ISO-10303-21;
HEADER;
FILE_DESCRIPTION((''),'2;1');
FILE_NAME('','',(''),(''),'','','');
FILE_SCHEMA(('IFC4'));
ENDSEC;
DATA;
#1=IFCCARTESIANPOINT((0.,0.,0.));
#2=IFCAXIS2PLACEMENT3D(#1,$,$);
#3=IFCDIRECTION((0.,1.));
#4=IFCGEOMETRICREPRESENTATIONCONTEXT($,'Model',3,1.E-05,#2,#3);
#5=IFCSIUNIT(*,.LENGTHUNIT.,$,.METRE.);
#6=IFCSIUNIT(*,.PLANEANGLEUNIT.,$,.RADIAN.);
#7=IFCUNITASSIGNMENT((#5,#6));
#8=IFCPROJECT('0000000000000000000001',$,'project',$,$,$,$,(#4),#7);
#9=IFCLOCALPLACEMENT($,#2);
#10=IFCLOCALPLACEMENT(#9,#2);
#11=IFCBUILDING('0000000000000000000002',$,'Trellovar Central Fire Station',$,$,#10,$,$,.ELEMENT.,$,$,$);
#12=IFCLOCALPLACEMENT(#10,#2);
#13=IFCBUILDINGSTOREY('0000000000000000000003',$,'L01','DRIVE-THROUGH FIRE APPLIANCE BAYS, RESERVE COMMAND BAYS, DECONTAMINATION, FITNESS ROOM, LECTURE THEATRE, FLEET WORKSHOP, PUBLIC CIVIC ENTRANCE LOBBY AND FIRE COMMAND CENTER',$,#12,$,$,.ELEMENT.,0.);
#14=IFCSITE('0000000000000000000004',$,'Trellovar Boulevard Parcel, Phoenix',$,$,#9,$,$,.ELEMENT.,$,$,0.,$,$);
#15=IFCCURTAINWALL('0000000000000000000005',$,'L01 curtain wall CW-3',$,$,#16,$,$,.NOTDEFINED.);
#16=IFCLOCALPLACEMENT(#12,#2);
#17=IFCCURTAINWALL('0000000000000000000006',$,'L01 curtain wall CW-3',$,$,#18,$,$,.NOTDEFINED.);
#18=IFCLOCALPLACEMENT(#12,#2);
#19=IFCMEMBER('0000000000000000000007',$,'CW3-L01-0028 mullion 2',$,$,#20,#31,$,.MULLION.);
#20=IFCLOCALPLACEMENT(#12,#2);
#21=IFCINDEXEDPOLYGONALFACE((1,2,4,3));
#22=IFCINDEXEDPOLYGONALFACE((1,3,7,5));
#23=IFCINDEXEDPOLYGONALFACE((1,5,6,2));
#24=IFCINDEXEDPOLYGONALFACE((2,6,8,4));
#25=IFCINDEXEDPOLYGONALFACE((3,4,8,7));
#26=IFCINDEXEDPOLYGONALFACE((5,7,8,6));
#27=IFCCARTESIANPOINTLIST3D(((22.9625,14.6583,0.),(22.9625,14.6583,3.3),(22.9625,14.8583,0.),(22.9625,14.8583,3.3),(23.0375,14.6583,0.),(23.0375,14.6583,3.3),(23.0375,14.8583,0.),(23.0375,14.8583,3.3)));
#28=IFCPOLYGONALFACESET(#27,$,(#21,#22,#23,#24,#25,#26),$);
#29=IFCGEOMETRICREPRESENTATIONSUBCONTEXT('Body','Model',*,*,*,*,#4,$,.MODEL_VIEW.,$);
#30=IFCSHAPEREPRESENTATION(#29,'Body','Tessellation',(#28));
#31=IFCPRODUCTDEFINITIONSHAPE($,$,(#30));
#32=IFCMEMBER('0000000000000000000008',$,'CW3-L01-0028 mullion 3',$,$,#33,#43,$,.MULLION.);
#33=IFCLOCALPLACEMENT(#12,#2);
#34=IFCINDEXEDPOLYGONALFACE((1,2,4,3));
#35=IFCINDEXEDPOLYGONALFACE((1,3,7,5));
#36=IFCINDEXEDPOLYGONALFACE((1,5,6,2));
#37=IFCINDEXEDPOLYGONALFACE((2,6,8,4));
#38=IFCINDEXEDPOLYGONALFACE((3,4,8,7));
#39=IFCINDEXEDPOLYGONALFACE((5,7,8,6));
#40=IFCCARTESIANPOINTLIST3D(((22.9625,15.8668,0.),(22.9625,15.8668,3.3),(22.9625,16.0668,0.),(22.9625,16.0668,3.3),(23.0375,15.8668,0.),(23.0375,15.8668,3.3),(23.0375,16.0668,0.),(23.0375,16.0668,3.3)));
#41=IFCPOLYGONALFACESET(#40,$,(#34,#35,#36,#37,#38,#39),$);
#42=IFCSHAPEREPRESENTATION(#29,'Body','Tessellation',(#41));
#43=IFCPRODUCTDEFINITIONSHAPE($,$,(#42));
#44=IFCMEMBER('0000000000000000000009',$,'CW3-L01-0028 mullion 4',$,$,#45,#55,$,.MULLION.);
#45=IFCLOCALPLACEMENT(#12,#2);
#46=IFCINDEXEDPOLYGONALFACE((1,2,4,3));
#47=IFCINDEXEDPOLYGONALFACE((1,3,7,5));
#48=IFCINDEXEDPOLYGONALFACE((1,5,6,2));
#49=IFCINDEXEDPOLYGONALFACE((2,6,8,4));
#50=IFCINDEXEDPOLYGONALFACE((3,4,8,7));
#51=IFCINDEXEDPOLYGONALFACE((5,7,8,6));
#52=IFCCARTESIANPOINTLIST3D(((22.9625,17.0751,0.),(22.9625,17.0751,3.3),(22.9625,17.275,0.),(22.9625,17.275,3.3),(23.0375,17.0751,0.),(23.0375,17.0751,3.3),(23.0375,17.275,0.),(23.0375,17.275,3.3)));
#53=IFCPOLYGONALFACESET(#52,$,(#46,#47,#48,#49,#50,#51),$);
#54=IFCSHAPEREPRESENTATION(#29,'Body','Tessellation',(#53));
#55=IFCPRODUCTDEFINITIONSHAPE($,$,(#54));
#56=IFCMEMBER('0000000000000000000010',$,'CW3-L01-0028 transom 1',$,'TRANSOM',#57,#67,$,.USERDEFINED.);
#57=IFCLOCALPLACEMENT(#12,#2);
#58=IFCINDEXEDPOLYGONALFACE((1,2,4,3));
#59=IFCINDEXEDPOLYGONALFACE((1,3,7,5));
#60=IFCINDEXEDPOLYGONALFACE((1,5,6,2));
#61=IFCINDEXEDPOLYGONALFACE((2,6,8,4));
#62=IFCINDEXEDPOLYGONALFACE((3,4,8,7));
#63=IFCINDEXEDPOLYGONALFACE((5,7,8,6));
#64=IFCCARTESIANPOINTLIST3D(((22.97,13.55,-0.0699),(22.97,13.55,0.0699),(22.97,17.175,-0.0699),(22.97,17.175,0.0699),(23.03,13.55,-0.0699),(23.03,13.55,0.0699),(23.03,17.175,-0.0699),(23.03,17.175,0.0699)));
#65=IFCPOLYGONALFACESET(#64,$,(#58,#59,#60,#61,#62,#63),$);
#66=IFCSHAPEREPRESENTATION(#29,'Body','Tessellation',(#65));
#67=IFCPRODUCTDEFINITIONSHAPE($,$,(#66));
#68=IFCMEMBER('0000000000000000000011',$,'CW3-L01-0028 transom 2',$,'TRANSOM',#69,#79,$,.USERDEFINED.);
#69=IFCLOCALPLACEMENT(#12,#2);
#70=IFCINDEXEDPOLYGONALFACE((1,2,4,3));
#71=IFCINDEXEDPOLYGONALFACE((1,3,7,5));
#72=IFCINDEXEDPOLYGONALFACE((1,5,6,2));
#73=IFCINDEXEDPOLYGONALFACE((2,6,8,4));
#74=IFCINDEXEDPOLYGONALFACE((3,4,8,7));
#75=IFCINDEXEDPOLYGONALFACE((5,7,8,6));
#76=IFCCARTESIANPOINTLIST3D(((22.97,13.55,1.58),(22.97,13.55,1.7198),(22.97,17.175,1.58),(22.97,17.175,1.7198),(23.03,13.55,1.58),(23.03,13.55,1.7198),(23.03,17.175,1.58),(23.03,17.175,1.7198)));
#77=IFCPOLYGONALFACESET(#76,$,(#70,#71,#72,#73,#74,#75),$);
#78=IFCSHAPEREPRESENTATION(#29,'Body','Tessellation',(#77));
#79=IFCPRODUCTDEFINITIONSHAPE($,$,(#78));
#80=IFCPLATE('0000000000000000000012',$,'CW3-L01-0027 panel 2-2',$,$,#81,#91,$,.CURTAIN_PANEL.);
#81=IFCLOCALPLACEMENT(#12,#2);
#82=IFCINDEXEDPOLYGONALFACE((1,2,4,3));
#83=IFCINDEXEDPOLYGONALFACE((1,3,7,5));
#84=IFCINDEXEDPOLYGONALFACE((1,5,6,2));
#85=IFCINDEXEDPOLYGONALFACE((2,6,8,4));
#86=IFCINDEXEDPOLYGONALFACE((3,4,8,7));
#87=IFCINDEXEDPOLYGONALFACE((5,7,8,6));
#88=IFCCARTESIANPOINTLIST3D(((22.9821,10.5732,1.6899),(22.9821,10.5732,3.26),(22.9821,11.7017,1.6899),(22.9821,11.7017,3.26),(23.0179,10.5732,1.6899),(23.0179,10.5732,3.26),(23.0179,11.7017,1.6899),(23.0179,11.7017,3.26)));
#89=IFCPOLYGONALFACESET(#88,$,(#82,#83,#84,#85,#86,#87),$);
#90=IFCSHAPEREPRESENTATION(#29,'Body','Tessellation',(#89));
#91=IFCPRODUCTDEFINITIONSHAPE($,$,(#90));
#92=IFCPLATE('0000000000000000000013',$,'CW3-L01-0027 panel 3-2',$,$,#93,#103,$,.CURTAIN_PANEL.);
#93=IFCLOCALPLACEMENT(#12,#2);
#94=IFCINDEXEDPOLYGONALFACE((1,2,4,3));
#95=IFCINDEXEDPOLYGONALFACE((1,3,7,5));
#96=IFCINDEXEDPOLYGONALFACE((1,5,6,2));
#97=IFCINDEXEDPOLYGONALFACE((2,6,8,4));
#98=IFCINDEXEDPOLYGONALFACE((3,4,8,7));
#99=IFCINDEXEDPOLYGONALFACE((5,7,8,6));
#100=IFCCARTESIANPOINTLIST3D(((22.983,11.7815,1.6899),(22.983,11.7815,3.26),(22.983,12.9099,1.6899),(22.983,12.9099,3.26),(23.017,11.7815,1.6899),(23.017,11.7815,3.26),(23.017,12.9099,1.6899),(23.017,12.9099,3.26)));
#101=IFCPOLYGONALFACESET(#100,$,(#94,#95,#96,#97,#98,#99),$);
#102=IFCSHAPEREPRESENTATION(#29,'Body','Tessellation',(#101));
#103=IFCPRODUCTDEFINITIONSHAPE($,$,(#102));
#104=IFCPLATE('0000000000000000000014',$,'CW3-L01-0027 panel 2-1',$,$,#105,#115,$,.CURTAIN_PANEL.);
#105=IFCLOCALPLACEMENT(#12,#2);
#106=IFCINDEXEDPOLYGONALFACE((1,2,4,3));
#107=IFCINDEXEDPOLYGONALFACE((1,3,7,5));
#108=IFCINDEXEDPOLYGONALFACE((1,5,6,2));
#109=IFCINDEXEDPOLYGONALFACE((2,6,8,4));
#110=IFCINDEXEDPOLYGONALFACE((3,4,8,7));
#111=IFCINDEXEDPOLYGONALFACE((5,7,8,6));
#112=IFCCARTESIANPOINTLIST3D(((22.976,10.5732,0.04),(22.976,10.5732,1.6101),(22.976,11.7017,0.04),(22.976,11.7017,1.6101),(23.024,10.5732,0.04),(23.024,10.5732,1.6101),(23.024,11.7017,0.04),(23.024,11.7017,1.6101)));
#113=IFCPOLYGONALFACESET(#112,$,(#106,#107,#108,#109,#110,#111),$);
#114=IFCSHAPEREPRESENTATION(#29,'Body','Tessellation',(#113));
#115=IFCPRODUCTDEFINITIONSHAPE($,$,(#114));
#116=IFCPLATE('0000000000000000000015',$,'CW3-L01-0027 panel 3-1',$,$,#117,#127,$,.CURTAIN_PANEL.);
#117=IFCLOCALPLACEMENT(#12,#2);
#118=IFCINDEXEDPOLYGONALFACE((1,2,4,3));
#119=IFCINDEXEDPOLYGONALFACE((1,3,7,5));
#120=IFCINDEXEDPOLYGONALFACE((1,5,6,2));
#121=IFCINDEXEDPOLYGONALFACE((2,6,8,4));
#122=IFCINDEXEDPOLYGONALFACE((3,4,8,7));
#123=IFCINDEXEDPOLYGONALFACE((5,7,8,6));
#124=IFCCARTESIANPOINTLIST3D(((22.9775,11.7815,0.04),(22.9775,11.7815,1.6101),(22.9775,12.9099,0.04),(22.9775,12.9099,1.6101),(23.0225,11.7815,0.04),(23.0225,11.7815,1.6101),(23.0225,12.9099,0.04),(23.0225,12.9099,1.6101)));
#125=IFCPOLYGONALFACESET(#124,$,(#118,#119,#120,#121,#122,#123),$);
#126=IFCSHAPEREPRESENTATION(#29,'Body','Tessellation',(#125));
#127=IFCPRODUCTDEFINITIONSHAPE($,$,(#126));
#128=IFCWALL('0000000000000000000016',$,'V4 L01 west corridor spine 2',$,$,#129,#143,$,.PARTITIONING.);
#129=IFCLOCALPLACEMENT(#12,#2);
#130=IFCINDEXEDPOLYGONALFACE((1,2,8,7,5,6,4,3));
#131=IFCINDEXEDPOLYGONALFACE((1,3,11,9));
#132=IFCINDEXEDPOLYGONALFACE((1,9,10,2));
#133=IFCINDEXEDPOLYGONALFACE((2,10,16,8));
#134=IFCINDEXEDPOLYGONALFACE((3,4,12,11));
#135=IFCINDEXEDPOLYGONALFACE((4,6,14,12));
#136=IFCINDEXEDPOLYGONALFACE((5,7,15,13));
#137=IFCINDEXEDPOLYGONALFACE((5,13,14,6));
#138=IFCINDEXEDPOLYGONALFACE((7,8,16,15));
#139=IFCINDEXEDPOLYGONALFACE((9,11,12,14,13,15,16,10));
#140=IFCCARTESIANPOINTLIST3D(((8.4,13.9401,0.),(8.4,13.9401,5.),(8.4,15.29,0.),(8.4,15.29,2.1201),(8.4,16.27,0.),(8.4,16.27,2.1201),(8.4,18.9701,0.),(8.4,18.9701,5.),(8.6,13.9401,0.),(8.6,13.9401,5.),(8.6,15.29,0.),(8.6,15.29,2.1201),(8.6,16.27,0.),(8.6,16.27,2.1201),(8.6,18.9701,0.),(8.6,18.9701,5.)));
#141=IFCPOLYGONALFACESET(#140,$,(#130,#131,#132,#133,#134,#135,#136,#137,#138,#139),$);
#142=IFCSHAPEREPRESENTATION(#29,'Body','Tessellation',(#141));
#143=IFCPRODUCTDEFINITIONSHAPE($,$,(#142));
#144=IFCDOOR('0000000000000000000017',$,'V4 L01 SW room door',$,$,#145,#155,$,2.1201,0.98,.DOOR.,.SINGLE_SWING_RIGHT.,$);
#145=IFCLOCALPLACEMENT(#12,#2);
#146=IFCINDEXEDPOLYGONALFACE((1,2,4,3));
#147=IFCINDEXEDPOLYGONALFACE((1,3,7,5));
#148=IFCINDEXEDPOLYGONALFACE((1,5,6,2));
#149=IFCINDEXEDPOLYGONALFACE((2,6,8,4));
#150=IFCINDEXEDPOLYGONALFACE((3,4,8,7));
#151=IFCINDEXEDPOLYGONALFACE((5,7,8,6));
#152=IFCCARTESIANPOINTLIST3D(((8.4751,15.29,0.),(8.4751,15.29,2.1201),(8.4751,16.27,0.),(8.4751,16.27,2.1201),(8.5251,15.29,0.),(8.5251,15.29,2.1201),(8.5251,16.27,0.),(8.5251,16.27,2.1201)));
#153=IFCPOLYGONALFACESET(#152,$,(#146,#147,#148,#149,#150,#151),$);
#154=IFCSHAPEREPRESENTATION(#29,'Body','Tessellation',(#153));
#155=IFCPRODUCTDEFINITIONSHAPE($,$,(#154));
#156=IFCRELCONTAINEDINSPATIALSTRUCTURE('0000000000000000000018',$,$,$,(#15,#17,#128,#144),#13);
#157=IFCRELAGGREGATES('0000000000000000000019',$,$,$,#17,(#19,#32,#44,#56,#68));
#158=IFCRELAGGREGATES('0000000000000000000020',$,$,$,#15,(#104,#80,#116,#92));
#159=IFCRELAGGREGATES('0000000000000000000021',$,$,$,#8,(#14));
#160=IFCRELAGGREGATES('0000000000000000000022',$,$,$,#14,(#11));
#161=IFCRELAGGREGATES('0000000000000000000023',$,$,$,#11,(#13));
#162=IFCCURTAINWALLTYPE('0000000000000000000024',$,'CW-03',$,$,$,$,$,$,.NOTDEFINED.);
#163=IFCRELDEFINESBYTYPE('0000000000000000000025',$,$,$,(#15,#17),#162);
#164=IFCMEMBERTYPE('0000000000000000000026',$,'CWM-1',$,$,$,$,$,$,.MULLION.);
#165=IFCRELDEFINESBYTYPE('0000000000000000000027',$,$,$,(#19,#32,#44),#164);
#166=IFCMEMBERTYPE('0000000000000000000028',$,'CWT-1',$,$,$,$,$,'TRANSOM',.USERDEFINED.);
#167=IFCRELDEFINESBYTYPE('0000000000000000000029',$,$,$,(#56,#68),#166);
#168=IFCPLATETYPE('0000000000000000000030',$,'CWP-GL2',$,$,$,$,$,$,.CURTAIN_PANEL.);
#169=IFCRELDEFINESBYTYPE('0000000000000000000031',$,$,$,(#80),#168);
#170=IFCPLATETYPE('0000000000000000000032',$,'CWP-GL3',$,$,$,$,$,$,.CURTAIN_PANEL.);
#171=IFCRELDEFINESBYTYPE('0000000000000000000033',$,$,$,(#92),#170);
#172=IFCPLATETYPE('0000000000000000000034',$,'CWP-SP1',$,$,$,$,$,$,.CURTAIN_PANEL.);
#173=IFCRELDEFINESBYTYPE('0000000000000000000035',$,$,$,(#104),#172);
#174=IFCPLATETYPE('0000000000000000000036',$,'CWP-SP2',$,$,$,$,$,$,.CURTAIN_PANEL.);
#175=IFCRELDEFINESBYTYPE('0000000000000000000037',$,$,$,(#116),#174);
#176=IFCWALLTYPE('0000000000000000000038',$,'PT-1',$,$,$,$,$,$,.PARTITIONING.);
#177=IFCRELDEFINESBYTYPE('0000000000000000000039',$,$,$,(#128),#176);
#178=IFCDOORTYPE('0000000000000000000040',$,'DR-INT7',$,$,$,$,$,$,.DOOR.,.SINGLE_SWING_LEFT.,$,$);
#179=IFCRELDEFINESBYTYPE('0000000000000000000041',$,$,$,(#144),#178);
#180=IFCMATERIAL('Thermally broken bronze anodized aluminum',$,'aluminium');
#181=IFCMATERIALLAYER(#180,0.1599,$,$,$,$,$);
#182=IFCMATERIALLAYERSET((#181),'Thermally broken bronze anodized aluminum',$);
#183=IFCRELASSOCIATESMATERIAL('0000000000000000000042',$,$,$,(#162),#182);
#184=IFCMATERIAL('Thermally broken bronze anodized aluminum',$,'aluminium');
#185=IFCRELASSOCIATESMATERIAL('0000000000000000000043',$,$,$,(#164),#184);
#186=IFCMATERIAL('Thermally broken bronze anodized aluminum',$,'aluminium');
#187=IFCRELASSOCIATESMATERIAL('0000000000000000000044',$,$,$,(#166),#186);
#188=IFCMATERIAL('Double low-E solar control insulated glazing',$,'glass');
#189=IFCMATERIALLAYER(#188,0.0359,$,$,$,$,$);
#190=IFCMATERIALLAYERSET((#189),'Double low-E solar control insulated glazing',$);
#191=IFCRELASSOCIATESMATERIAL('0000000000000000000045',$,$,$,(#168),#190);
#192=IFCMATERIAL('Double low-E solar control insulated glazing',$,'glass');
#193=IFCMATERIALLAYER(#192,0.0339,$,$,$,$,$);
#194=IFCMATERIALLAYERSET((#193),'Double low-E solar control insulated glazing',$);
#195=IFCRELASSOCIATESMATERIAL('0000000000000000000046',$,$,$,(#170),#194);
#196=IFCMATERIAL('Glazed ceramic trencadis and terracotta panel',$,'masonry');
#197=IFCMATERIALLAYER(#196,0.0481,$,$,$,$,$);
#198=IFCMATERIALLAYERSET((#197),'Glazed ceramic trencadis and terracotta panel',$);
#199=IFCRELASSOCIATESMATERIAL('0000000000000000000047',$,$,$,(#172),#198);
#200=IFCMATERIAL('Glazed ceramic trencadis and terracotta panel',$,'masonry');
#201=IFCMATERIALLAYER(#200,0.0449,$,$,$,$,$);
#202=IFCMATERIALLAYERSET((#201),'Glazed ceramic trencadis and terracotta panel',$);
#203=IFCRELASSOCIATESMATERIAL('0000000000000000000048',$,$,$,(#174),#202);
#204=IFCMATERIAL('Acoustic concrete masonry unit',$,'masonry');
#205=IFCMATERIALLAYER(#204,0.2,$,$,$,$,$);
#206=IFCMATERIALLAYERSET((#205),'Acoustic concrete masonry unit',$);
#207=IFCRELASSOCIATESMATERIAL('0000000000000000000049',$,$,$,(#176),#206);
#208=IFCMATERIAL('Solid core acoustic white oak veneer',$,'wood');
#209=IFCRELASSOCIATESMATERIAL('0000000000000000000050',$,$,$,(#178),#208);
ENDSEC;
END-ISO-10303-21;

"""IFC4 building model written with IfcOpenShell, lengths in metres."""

from ifc_helpers import new_model, si_unit, direction, frame, frame_2d, origin, origin_2d, place, context, subcontext, project, spatial, rectangle, extrude, material, layer, layer_set, material_profile, profile_set, type_object, element, fill, aggregate, save


model = new_model("IFC4")

# Units and contexts
model_context = context("Model", 3, precision=1e-05, world=origin(), true_north=direction((0.0, 1.0)))
body_context = subcontext(model_context, "Body", "Model", "MODEL_VIEW")
ifc_project = project(units=[si_unit("LENGTHUNIT", "METRE"), si_unit("PLANEANGLEUNIT", "RADIAN")], contexts=[model_context])

# Site, building, storey
site_placement = place(None, origin())
site = spatial("IfcSite", under=ifc_project, at=site_placement, Name="Trellovar Boulevard Parcel, Phoenix", CompositionType="ELEMENT", RefElevation=0.0)
building_placement = place(site_placement, origin())
building = spatial("IfcBuilding", under=site, at=building_placement, Name="Trellovar Central Fire Station", CompositionType="ELEMENT")
storey_placement = place(building_placement, origin())
storey = spatial("IfcBuildingStorey", under=building, at=storey_placement, Name="L01", Description="DRIVE-THROUGH FIRE APPLIANCE BAYS, RESERVE COMMAND BAYS, DECONTAMINATION, FITNESS ROOM, LECTURE THEATRE, FLEET WORKSHOP, PUBLIC CIVIC ENTRANCE LOBBY AND FIRE COMMAND CENTER", CompositionType="ELEMENT", Elevation=0.0)

# Curtain walls, members
ifc_material_1 = material(Name="Thermally broken bronze anodized aluminum", Category="aluminium")
ifc_layer_1 = layer(ifc_material_1, 0.1599)
ifc_layer_set_1 = layer_set([ifc_layer_1], Name="Thermally broken bronze anodized aluminum")
curtain_wall_type = type_object("IfcCurtainWallType", Name="CW-03", PredefinedType="NOTDEFINED", material=ifc_layer_set_1)
curtain_wall_1_placement = place(storey_placement, origin())
curtain_wall_1 = element("IfcCurtainWall", 1, at=curtain_wall_1_placement, inside=storey, type_object=curtain_wall_type, Name="L01 curtain wall CW-3", PredefinedType="NOTDEFINED")
ifc_material_2 = material(Name="Thermally broken bronze anodized aluminum", Category="aluminium")
ifc_material_profile_1 = material_profile(ifc_material_2, rectangle(XDim=0.075, YDim=0.2, at=origin_2d()), Name="ALU75X200")
ifc_profile_set_1 = profile_set([ifc_material_profile_1], Name="Thermally broken bronze anodized aluminum")
member_type_1 = type_object("IfcMemberType", Name="CWM-1", PredefinedType="MULLION", material=ifc_profile_set_1)
curtain_wall_2_placement = place(storey_placement, origin())
curtain_wall_2 = element("IfcCurtainWall", 2, at=curtain_wall_2_placement, inside=storey, type_object=curtain_wall_type, Name="L01 curtain wall CW-3", PredefinedType="NOTDEFINED")
member_1_placement = place(storey_placement, frame((23.0, 14.7583, 0.0), z_axis=(0.0, 0.0, 1.0), x_axis=(1.0, 0.0, 0.0)))
member_1 = element("IfcMember", 3, at=member_1_placement, type_object=member_type_1, Name="CW3-L01-0028 mullion 2", PredefinedType="MULLION", context=body_context, shape_type="SweptSolid", body=[
    extrude(rectangle(XDim=0.075, YDim=0.2, at=origin_2d()), origin(), (0.0, 0.0, 1.0), 3.3),
])
member_2_placement = place(storey_placement, frame((23.0, 15.9668, 0.0), z_axis=(0.0, 0.0, 1.0), x_axis=(1.0, 0.0, 0.0)))
member_2 = element("IfcMember", 4, at=member_2_placement, type_object=member_type_1, Name="CW3-L01-0028 mullion 3", PredefinedType="MULLION", context=body_context, shape_type="SweptSolid", body=[
    extrude(rectangle(XDim=0.075, YDim=0.2, at=origin_2d()), origin(), (0.0, 0.0, 1.0), 3.3),
])
member_3_placement = place(storey_placement, frame((23.0, 17.175, 0.0), z_axis=(0.0, 0.0, 1.0), x_axis=(1.0, 0.0, 0.0)))
member_3 = element("IfcMember", 5, at=member_3_placement, type_object=member_type_1, Name="CW3-L01-0028 mullion 4", PredefinedType="MULLION", context=body_context, shape_type="SweptSolid", body=[
    extrude(rectangle(XDim=0.075, YDim=0.2, at=origin_2d()), origin(), (0.0, 0.0, 1.0), 3.3),
])
ifc_material_3 = material(Name="Thermally broken bronze anodized aluminum", Category="aluminium")
ifc_material_profile_2 = material_profile(ifc_material_3, rectangle(XDim=0.0601, YDim=0.1399, at=origin_2d()), Name="ALU60X140")
ifc_profile_set_2 = profile_set([ifc_material_profile_2], Name="Thermally broken bronze anodized aluminum")
member_type_2 = type_object("IfcMemberType", Name="CWT-1", ElementType="TRANSOM", PredefinedType="USERDEFINED", material=ifc_profile_set_2)
member_4_placement = place(storey_placement, frame((23.0, 13.55, 0.0), z_axis=(0.0, 1.0, 0.0), x_axis=(-1.0, 0.0, 0.0)))
member_4 = element("IfcMember", 6, at=member_4_placement, type_object=member_type_2, Name="CW3-L01-0028 transom 1", ObjectType="TRANSOM", PredefinedType="USERDEFINED", context=body_context, shape_type="SweptSolid", body=[
    extrude(rectangle(XDim=0.0601, YDim=0.1399, at=origin_2d()), origin(), (0.0, 0.0, 1.0), 3.625),
])
member_5_placement = place(storey_placement, frame((23.0, 13.55, 1.6499), z_axis=(0.0, 1.0, 0.0), x_axis=(-1.0, 0.0, 0.0)))
member_5 = element("IfcMember", 7, at=member_5_placement, type_object=member_type_2, Name="CW3-L01-0028 transom 2", ObjectType="TRANSOM", PredefinedType="USERDEFINED", context=body_context, shape_type="SweptSolid", body=[
    extrude(rectangle(XDim=0.0601, YDim=0.1399, at=origin_2d()), origin(), (0.0, 0.0, 1.0), 3.625),
])
aggregate(curtain_wall_2, [member_1, member_2, member_3, member_4, member_5])

# Plates
ifc_material_4 = material(Name="Double low-E solar control insulated glazing", Category="glass")
ifc_layer_2 = layer(ifc_material_4, 0.0359)
ifc_layer_set_2 = layer_set([ifc_layer_2], Name="Double low-E solar control insulated glazing")
plate_type_1 = type_object("IfcPlateType", Name="CWP-GL2", PredefinedType="CURTAIN_PANEL", material=ifc_layer_set_2)
plate_1_placement = place(storey_placement, frame((23.0, 11.1375, 1.6899), z_axis=(0.0, 0.0, 1.0), x_axis=(0.0, 1.0, 0.0)))
plate_1 = element("IfcPlate", 8, at=plate_1_placement, type_object=plate_type_1, Name="CW3-L01-0027 panel 2-2", PredefinedType="CURTAIN_PANEL", context=body_context, shape_type="SweptSolid", body=[
    extrude(rectangle(XDim=1.1284, YDim=0.0359, at=origin_2d()), origin(), (0.0, 0.0, 1.0), 1.5701),
])
ifc_material_5 = material(Name="Double low-E solar control insulated glazing", Category="glass")
ifc_layer_3 = layer(ifc_material_5, 0.0339)
ifc_layer_set_3 = layer_set([ifc_layer_3], Name="Double low-E solar control insulated glazing")
plate_type_2 = type_object("IfcPlateType", Name="CWP-GL3", PredefinedType="CURTAIN_PANEL", material=ifc_layer_set_3)
plate_2_placement = place(storey_placement, frame((23.0, 12.3457, 1.6899), z_axis=(0.0, 0.0, 1.0), x_axis=(0.0, 1.0, 0.0)))
plate_2 = element("IfcPlate", 9, at=plate_2_placement, type_object=plate_type_2, Name="CW3-L01-0027 panel 3-2", PredefinedType="CURTAIN_PANEL", context=body_context, shape_type="SweptSolid", body=[
    extrude(rectangle(XDim=1.1284, YDim=0.0339, at=origin_2d()), origin(), (0.0, 0.0, 1.0), 1.5701),
])
ifc_material_6 = material(Name="Glazed ceramic trencadis and terracotta panel", Category="masonry")
ifc_layer_4 = layer(ifc_material_6, 0.0481)
ifc_layer_set_4 = layer_set([ifc_layer_4], Name="Glazed ceramic trencadis and terracotta panel")
plate_type_3 = type_object("IfcPlateType", Name="CWP-SP1", PredefinedType="CURTAIN_PANEL", material=ifc_layer_set_4)
plate_3_placement = place(storey_placement, frame((23.0, 11.1375, 0.04), z_axis=(0.0, 0.0, 1.0), x_axis=(0.0, 1.0, 0.0)))
plate_3 = element("IfcPlate", 10, at=plate_3_placement, type_object=plate_type_3, Name="CW3-L01-0027 panel 2-1", PredefinedType="CURTAIN_PANEL", context=body_context, shape_type="SweptSolid", body=[
    extrude(rectangle(XDim=1.1284, YDim=0.0481, at=origin_2d()), origin(), (0.0, 0.0, 1.0), 1.5701),
])
ifc_material_7 = material(Name="Glazed ceramic trencadis and terracotta panel", Category="masonry")
ifc_layer_5 = layer(ifc_material_7, 0.0449)
ifc_layer_set_5 = layer_set([ifc_layer_5], Name="Glazed ceramic trencadis and terracotta panel")
plate_type_4 = type_object("IfcPlateType", Name="CWP-SP2", PredefinedType="CURTAIN_PANEL", material=ifc_layer_set_5)
plate_4_placement = place(storey_placement, frame((23.0, 12.3457, 0.04), z_axis=(0.0, 0.0, 1.0), x_axis=(0.0, 1.0, 0.0)))
plate_4 = element("IfcPlate", 11, at=plate_4_placement, type_object=plate_type_4, Name="CW3-L01-0027 panel 3-1", PredefinedType="CURTAIN_PANEL", context=body_context, shape_type="SweptSolid", body=[
    extrude(rectangle(XDim=1.1284, YDim=0.0449, at=origin_2d()), origin(), (0.0, 0.0, 1.0), 1.5701),
])
aggregate(curtain_wall_1, [plate_3, plate_1, plate_4, plate_2])

# Wall, opening, door
ifc_material_8 = material(Name="Acoustic concrete masonry unit", Category="masonry")
ifc_layer_6 = layer(ifc_material_8, 0.2)
ifc_layer_set_6 = layer_set([ifc_layer_6], Name="Acoustic concrete masonry unit")
wall_type_1 = type_object("IfcWallType", Name="PT-1", PredefinedType="PARTITIONING", material=ifc_layer_set_6)
wall_1_placement = place(storey_placement, frame((8.5, 13.9399, 0.0), z_axis=(0.0, 0.0, 1.0), x_axis=(0.0, 1.0, 0.0)))
wall_1 = element("IfcWall", 12, at=wall_1_placement, inside=storey, type_object=wall_type_1, Name="V4 L01 west corridor spine 2", PredefinedType="PARTITIONING", context=body_context, shape_type="SweptSolid", body=[
    extrude(rectangle(XDim=5.03, YDim=0.2, at=frame_2d((2.5151, 0.0))), origin(), (0.0, 0.0, 1.0), 5.0),
])
opening_1_placement = place(wall_1_placement, frame((1.3501, 0.0, 0.0)))
opening_1 = element("IfcOpeningElement", 13, at=opening_1_placement, cuts=wall_1, PredefinedType="OPENING", context=body_context, shape_type="SweptSolid", body=[
    extrude(rectangle(XDim=0.98, YDim=2.1201, at=frame_2d((0.49, 1.0601))), frame((0.0, 0.1099, 0.0), z_axis=(0.0, -1.0, 0.0), x_axis=(1.0, 0.0, 0.0)), (0.0, 0.0, 1.0), 0.22),
])
ifc_material_9 = material(Name="Solid core acoustic white oak veneer", Category="wood")
door_type_1 = type_object("IfcDoorType", Name="DR-INT7", OperationType="SINGLE_SWING_LEFT", PredefinedType="DOOR", material=ifc_material_9)
door_1_placement = place(opening_1_placement, origin())
door_1 = element("IfcDoor", 14, at=door_1_placement, inside=storey, type_object=door_type_1, Name="V4 L01 SW room door", OperationType="SINGLE_SWING_RIGHT", OverallHeight=2.1201, OverallWidth=0.98, PredefinedType="DOOR", context=body_context, shape_type="SweptSolid", body=[
    extrude(rectangle(XDim=0.98, YDim=2.1201, at=frame_2d((0.49, 1.0601))), frame((0.0, 0.0249, 0.0), z_axis=(0.0, -1.0, 0.0), x_axis=(1.0, 0.0, 0.0)), (0.0, 0.0, 1.0), 0.05),
])
fill(opening_1, door_1)

save(model, "model.ifc")
